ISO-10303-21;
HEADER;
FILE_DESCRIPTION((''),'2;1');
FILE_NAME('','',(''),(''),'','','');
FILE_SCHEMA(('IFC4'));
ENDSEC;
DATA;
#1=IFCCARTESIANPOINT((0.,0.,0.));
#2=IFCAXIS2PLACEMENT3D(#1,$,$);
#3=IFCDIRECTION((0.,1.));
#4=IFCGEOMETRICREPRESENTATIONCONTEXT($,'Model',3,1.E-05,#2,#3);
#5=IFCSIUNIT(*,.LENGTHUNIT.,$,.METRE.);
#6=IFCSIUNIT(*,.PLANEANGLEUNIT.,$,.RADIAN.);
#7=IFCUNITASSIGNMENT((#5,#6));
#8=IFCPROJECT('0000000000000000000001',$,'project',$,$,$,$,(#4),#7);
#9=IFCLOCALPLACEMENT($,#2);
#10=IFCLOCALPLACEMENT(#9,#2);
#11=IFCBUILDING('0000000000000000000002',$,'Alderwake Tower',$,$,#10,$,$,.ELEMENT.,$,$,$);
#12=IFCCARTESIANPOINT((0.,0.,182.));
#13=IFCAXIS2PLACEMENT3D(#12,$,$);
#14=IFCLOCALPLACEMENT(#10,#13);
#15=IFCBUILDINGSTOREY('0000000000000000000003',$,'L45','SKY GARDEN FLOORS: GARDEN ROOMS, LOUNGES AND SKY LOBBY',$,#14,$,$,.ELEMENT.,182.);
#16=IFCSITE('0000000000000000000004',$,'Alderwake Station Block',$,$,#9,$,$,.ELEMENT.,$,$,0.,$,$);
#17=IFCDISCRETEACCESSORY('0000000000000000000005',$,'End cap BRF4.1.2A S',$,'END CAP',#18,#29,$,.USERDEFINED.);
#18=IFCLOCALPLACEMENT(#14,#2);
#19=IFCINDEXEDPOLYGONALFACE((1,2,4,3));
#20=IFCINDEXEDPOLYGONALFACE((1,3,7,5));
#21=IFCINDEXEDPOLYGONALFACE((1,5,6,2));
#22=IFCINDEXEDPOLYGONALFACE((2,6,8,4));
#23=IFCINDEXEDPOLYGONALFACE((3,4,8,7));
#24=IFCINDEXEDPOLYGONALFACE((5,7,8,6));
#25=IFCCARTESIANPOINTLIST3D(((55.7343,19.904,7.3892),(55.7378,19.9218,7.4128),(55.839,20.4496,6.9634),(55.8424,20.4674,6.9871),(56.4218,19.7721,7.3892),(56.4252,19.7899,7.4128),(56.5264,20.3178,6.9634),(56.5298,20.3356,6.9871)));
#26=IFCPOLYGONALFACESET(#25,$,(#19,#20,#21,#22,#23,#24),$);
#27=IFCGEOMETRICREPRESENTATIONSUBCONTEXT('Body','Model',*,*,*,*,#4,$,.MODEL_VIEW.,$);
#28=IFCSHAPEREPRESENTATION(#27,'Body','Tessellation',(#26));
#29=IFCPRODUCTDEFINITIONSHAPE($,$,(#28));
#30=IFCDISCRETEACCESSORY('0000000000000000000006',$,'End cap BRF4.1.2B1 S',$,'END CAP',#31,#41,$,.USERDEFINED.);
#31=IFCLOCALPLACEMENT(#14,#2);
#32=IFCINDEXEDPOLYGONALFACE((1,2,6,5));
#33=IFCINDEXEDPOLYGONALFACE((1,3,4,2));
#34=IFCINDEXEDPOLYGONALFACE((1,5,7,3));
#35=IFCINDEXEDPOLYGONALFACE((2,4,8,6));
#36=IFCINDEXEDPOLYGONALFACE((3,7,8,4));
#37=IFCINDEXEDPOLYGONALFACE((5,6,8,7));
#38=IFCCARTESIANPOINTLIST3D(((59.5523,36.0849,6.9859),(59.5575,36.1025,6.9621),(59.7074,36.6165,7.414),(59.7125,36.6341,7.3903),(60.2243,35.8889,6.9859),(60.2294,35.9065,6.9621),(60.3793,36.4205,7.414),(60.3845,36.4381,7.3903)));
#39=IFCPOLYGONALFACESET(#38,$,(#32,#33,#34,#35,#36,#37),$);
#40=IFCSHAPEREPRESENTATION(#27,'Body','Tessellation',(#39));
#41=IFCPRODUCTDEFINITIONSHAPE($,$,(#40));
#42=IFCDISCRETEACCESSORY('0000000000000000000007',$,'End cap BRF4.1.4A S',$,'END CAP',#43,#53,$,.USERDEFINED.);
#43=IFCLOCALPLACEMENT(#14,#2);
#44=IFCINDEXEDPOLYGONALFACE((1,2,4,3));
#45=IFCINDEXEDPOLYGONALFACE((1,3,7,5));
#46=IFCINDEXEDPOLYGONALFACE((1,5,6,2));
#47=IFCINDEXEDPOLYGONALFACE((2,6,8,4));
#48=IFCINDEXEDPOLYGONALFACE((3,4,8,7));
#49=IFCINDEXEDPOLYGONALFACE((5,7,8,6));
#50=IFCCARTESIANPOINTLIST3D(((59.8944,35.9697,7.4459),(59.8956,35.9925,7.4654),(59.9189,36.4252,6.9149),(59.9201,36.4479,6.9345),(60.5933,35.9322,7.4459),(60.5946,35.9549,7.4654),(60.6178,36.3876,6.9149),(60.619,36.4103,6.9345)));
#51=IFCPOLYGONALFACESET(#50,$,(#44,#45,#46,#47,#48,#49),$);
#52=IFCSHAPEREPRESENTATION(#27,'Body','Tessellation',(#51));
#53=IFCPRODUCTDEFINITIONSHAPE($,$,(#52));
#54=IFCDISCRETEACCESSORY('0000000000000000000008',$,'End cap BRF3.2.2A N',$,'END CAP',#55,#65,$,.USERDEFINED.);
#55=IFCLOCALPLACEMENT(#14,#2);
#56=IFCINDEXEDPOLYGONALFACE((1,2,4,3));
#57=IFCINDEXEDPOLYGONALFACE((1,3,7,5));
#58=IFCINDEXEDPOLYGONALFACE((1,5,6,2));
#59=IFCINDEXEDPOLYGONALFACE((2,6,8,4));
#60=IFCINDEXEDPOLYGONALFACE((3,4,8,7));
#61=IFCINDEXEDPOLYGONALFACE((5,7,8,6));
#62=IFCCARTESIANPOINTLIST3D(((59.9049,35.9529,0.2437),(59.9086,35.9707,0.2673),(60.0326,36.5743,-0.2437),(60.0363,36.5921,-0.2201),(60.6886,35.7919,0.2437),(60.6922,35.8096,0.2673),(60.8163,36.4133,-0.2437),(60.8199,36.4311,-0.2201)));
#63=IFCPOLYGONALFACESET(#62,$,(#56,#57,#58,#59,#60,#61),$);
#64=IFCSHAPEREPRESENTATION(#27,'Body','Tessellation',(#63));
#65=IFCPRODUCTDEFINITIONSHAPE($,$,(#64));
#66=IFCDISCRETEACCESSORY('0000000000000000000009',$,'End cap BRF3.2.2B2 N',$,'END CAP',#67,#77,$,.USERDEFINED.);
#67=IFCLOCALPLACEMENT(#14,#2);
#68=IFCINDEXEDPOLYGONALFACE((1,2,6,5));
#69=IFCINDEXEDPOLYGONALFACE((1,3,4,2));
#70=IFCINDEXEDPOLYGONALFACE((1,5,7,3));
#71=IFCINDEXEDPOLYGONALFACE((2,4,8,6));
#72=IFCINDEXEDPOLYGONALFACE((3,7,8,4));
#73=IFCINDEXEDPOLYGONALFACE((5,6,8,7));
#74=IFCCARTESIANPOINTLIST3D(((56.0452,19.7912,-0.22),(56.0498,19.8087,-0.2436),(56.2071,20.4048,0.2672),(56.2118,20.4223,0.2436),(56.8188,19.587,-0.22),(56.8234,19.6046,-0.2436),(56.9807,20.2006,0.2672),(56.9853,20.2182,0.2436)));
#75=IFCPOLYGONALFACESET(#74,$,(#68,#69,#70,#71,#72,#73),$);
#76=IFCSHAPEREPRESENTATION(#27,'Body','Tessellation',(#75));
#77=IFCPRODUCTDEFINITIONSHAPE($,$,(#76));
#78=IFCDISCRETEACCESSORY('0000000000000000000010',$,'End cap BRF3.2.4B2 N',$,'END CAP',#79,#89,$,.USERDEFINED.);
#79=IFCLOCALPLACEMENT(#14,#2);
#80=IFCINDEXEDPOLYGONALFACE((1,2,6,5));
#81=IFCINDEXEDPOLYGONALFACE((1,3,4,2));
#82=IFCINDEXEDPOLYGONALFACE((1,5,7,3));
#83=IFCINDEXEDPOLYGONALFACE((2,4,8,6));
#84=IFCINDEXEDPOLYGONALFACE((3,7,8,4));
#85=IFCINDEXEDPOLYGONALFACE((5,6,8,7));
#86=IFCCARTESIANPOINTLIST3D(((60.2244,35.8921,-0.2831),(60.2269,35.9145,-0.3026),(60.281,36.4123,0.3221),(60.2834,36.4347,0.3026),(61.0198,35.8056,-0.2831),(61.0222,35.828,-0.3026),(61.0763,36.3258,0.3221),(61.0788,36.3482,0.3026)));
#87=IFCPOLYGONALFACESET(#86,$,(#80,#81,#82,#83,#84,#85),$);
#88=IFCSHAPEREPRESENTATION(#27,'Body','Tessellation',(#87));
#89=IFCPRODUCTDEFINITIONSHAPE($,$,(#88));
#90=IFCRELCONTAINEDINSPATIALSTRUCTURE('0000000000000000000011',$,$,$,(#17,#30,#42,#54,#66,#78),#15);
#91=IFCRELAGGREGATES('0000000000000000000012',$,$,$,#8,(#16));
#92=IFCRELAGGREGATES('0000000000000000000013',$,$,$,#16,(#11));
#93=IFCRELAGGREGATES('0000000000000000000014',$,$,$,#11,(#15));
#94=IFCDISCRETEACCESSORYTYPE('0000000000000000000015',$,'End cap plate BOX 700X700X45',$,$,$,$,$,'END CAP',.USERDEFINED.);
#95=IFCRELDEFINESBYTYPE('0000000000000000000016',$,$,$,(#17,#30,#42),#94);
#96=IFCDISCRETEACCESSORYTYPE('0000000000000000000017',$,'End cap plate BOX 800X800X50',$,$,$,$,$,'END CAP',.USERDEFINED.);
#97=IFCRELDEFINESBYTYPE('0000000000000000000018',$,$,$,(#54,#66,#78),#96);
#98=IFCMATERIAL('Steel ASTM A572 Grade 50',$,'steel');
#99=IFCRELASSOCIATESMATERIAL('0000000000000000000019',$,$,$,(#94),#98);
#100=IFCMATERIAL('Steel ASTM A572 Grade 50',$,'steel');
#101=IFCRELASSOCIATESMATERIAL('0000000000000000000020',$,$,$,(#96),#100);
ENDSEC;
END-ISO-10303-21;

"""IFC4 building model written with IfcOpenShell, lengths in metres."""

from ifc_helpers import new_model, si_unit, direction, frame, origin, origin_2d, place, context, subcontext, project, spatial, rectangle, extrude, material, material_profile, profile_set, type_object, element, save


model = new_model("IFC4")

# Units and contexts
model_context = context("Model", 3, precision=1e-05, world=origin(), true_north=direction((0.0, 1.0)))
body_context = subcontext(model_context, "Body", "Model", "MODEL_VIEW")
ifc_project = project(units=[si_unit("LENGTHUNIT", "METRE"), si_unit("PLANEANGLEUNIT", "RADIAN")], contexts=[model_context])

# Site, building, storey
site_placement = place(None, origin())
site = spatial("IfcSite", under=ifc_project, at=site_placement, Name="Alderwake Station Block", CompositionType="ELEMENT", RefElevation=0.0)
building_placement = place(site_placement, origin())
building = spatial("IfcBuilding", under=site, at=building_placement, Name="Alderwake Tower", CompositionType="ELEMENT")
storey_placement = place(building_placement, frame((0.0, 0.0, 182.0)))
storey = spatial("IfcBuildingStorey", under=building, at=storey_placement, Name="L45", Description="SKY GARDEN FLOORS: GARDEN ROOMS, LOUNGES AND SKY LOBBY", CompositionType="ELEMENT", Elevation=182.0)

# Discrete accessories
ifc_material_1 = material(Name="Steel ASTM A572 Grade 50", Category="steel")
ifc_material_profile_1 = material_profile(ifc_material_1, rectangle(XDim=0.7, YDim=0.7, at=origin_2d()), Name="BOX 700X700X45 cap")
ifc_profile_set_1 = profile_set([ifc_material_profile_1], Name="Steel ASTM A572 Grade 50")
discrete_accessory_type_1 = type_object("IfcDiscreteAccessoryType", Name="End cap plate BOX 700X700X45", ElementType="END CAP", PredefinedType="USERDEFINED", material=ifc_profile_set_1)
discrete_accessory_placement = place(storey_placement, frame((56.1338, 20.1287, 7.2), z_axis=(-0.114562, -0.597358, -0.79375), x_axis=(0.982102, -0.188348, 0.0)))
element("IfcDiscreteAccessory", 1, at=discrete_accessory_placement, inside=storey, type_object=discrete_accessory_type_1, Name="End cap BRF4.1.2A S", ObjectType="END CAP", PredefinedType="USERDEFINED", context=body_context, shape_type="SweptSolid", body=[
    extrude(rectangle(XDim=0.7, YDim=0.7, at=origin_2d()), origin(), (0.0, 0.0, 1.0), 0.0298),
])
for number, where, z_axis, x_axis, name in (
    (2, (59.9658, 36.2527, 7.2), (0.17127, 0.587212, -0.791106), (-0.96, 0.28, 0.0), "End cap BRF4.1.2B1 S"),
    (3, (60.2573, 36.2014, 7.2), (-0.040724, -0.757476, -0.651592), (0.998558, -0.053686, 0.0), "End cap BRF4.1.4A S"),
):
    element("IfcDiscreteAccessory", number, at=place(storey_placement, frame(where, z_axis=z_axis, x_axis=x_axis)), inside=storey, type_object=discrete_accessory_type_1, Name=name, ObjectType="END CAP", PredefinedType="USERDEFINED", context=body_context, shape_type="SweptSolid", body=[
        extrude(rectangle(XDim=0.7, YDim=0.7, at=origin_2d()), origin(), (0.0, 0.0, 1.0), 0.03),
    ])
ifc_material_2 = material(Name="Steel ASTM A572 Grade 50", Category="steel")
ifc_material_profile_2 = material_profile(ifc_material_2, rectangle(XDim=0.8, YDim=0.8, at=origin_2d()), Name="BOX 800X800X50 cap")
ifc_profile_set_2 = profile_set([ifc_material_profile_2], Name="Steel ASTM A572 Grade 50")
discrete_accessory_type_2 = type_object("IfcDiscreteAccessoryType", Name="End cap plate BOX 800X800X50", ElementType="END CAP", PredefinedType="USERDEFINED", material=ifc_profile_set_2)
for number, where, z_axis, x_axis, name in (
    (4, (60.3606, 36.1831, 0.0), (0.122626, 0.596779, 0.79298), (-0.979535, 0.201274, 0.0), "End cap BRF3.2.2A N"),
    (5, (56.5176, 20.0134, 0.0), (-0.155373, -0.588781, 0.793219), (0.9669, -0.255154, 0.0), "End cap BRF3.2.2B2 N"),
    (6, (60.6528, 36.1313, 0.0), (-0.081748, -0.75208, 0.653983), (0.994144, -0.108059, 0.0), "End cap BRF3.2.4B2 N"),
):
    element("IfcDiscreteAccessory", number, at=place(storey_placement, frame(where, z_axis=z_axis, x_axis=x_axis)), inside=storey, type_object=discrete_accessory_type_2, Name=name, ObjectType="END CAP", PredefinedType="USERDEFINED", context=body_context, shape_type="SweptSolid", body=[
        extrude(rectangle(XDim=0.8, YDim=0.8, at=origin_2d()), origin(), (0.0, 0.0, 1.0), 0.0298),
    ])

save(model, "model.ifc")
